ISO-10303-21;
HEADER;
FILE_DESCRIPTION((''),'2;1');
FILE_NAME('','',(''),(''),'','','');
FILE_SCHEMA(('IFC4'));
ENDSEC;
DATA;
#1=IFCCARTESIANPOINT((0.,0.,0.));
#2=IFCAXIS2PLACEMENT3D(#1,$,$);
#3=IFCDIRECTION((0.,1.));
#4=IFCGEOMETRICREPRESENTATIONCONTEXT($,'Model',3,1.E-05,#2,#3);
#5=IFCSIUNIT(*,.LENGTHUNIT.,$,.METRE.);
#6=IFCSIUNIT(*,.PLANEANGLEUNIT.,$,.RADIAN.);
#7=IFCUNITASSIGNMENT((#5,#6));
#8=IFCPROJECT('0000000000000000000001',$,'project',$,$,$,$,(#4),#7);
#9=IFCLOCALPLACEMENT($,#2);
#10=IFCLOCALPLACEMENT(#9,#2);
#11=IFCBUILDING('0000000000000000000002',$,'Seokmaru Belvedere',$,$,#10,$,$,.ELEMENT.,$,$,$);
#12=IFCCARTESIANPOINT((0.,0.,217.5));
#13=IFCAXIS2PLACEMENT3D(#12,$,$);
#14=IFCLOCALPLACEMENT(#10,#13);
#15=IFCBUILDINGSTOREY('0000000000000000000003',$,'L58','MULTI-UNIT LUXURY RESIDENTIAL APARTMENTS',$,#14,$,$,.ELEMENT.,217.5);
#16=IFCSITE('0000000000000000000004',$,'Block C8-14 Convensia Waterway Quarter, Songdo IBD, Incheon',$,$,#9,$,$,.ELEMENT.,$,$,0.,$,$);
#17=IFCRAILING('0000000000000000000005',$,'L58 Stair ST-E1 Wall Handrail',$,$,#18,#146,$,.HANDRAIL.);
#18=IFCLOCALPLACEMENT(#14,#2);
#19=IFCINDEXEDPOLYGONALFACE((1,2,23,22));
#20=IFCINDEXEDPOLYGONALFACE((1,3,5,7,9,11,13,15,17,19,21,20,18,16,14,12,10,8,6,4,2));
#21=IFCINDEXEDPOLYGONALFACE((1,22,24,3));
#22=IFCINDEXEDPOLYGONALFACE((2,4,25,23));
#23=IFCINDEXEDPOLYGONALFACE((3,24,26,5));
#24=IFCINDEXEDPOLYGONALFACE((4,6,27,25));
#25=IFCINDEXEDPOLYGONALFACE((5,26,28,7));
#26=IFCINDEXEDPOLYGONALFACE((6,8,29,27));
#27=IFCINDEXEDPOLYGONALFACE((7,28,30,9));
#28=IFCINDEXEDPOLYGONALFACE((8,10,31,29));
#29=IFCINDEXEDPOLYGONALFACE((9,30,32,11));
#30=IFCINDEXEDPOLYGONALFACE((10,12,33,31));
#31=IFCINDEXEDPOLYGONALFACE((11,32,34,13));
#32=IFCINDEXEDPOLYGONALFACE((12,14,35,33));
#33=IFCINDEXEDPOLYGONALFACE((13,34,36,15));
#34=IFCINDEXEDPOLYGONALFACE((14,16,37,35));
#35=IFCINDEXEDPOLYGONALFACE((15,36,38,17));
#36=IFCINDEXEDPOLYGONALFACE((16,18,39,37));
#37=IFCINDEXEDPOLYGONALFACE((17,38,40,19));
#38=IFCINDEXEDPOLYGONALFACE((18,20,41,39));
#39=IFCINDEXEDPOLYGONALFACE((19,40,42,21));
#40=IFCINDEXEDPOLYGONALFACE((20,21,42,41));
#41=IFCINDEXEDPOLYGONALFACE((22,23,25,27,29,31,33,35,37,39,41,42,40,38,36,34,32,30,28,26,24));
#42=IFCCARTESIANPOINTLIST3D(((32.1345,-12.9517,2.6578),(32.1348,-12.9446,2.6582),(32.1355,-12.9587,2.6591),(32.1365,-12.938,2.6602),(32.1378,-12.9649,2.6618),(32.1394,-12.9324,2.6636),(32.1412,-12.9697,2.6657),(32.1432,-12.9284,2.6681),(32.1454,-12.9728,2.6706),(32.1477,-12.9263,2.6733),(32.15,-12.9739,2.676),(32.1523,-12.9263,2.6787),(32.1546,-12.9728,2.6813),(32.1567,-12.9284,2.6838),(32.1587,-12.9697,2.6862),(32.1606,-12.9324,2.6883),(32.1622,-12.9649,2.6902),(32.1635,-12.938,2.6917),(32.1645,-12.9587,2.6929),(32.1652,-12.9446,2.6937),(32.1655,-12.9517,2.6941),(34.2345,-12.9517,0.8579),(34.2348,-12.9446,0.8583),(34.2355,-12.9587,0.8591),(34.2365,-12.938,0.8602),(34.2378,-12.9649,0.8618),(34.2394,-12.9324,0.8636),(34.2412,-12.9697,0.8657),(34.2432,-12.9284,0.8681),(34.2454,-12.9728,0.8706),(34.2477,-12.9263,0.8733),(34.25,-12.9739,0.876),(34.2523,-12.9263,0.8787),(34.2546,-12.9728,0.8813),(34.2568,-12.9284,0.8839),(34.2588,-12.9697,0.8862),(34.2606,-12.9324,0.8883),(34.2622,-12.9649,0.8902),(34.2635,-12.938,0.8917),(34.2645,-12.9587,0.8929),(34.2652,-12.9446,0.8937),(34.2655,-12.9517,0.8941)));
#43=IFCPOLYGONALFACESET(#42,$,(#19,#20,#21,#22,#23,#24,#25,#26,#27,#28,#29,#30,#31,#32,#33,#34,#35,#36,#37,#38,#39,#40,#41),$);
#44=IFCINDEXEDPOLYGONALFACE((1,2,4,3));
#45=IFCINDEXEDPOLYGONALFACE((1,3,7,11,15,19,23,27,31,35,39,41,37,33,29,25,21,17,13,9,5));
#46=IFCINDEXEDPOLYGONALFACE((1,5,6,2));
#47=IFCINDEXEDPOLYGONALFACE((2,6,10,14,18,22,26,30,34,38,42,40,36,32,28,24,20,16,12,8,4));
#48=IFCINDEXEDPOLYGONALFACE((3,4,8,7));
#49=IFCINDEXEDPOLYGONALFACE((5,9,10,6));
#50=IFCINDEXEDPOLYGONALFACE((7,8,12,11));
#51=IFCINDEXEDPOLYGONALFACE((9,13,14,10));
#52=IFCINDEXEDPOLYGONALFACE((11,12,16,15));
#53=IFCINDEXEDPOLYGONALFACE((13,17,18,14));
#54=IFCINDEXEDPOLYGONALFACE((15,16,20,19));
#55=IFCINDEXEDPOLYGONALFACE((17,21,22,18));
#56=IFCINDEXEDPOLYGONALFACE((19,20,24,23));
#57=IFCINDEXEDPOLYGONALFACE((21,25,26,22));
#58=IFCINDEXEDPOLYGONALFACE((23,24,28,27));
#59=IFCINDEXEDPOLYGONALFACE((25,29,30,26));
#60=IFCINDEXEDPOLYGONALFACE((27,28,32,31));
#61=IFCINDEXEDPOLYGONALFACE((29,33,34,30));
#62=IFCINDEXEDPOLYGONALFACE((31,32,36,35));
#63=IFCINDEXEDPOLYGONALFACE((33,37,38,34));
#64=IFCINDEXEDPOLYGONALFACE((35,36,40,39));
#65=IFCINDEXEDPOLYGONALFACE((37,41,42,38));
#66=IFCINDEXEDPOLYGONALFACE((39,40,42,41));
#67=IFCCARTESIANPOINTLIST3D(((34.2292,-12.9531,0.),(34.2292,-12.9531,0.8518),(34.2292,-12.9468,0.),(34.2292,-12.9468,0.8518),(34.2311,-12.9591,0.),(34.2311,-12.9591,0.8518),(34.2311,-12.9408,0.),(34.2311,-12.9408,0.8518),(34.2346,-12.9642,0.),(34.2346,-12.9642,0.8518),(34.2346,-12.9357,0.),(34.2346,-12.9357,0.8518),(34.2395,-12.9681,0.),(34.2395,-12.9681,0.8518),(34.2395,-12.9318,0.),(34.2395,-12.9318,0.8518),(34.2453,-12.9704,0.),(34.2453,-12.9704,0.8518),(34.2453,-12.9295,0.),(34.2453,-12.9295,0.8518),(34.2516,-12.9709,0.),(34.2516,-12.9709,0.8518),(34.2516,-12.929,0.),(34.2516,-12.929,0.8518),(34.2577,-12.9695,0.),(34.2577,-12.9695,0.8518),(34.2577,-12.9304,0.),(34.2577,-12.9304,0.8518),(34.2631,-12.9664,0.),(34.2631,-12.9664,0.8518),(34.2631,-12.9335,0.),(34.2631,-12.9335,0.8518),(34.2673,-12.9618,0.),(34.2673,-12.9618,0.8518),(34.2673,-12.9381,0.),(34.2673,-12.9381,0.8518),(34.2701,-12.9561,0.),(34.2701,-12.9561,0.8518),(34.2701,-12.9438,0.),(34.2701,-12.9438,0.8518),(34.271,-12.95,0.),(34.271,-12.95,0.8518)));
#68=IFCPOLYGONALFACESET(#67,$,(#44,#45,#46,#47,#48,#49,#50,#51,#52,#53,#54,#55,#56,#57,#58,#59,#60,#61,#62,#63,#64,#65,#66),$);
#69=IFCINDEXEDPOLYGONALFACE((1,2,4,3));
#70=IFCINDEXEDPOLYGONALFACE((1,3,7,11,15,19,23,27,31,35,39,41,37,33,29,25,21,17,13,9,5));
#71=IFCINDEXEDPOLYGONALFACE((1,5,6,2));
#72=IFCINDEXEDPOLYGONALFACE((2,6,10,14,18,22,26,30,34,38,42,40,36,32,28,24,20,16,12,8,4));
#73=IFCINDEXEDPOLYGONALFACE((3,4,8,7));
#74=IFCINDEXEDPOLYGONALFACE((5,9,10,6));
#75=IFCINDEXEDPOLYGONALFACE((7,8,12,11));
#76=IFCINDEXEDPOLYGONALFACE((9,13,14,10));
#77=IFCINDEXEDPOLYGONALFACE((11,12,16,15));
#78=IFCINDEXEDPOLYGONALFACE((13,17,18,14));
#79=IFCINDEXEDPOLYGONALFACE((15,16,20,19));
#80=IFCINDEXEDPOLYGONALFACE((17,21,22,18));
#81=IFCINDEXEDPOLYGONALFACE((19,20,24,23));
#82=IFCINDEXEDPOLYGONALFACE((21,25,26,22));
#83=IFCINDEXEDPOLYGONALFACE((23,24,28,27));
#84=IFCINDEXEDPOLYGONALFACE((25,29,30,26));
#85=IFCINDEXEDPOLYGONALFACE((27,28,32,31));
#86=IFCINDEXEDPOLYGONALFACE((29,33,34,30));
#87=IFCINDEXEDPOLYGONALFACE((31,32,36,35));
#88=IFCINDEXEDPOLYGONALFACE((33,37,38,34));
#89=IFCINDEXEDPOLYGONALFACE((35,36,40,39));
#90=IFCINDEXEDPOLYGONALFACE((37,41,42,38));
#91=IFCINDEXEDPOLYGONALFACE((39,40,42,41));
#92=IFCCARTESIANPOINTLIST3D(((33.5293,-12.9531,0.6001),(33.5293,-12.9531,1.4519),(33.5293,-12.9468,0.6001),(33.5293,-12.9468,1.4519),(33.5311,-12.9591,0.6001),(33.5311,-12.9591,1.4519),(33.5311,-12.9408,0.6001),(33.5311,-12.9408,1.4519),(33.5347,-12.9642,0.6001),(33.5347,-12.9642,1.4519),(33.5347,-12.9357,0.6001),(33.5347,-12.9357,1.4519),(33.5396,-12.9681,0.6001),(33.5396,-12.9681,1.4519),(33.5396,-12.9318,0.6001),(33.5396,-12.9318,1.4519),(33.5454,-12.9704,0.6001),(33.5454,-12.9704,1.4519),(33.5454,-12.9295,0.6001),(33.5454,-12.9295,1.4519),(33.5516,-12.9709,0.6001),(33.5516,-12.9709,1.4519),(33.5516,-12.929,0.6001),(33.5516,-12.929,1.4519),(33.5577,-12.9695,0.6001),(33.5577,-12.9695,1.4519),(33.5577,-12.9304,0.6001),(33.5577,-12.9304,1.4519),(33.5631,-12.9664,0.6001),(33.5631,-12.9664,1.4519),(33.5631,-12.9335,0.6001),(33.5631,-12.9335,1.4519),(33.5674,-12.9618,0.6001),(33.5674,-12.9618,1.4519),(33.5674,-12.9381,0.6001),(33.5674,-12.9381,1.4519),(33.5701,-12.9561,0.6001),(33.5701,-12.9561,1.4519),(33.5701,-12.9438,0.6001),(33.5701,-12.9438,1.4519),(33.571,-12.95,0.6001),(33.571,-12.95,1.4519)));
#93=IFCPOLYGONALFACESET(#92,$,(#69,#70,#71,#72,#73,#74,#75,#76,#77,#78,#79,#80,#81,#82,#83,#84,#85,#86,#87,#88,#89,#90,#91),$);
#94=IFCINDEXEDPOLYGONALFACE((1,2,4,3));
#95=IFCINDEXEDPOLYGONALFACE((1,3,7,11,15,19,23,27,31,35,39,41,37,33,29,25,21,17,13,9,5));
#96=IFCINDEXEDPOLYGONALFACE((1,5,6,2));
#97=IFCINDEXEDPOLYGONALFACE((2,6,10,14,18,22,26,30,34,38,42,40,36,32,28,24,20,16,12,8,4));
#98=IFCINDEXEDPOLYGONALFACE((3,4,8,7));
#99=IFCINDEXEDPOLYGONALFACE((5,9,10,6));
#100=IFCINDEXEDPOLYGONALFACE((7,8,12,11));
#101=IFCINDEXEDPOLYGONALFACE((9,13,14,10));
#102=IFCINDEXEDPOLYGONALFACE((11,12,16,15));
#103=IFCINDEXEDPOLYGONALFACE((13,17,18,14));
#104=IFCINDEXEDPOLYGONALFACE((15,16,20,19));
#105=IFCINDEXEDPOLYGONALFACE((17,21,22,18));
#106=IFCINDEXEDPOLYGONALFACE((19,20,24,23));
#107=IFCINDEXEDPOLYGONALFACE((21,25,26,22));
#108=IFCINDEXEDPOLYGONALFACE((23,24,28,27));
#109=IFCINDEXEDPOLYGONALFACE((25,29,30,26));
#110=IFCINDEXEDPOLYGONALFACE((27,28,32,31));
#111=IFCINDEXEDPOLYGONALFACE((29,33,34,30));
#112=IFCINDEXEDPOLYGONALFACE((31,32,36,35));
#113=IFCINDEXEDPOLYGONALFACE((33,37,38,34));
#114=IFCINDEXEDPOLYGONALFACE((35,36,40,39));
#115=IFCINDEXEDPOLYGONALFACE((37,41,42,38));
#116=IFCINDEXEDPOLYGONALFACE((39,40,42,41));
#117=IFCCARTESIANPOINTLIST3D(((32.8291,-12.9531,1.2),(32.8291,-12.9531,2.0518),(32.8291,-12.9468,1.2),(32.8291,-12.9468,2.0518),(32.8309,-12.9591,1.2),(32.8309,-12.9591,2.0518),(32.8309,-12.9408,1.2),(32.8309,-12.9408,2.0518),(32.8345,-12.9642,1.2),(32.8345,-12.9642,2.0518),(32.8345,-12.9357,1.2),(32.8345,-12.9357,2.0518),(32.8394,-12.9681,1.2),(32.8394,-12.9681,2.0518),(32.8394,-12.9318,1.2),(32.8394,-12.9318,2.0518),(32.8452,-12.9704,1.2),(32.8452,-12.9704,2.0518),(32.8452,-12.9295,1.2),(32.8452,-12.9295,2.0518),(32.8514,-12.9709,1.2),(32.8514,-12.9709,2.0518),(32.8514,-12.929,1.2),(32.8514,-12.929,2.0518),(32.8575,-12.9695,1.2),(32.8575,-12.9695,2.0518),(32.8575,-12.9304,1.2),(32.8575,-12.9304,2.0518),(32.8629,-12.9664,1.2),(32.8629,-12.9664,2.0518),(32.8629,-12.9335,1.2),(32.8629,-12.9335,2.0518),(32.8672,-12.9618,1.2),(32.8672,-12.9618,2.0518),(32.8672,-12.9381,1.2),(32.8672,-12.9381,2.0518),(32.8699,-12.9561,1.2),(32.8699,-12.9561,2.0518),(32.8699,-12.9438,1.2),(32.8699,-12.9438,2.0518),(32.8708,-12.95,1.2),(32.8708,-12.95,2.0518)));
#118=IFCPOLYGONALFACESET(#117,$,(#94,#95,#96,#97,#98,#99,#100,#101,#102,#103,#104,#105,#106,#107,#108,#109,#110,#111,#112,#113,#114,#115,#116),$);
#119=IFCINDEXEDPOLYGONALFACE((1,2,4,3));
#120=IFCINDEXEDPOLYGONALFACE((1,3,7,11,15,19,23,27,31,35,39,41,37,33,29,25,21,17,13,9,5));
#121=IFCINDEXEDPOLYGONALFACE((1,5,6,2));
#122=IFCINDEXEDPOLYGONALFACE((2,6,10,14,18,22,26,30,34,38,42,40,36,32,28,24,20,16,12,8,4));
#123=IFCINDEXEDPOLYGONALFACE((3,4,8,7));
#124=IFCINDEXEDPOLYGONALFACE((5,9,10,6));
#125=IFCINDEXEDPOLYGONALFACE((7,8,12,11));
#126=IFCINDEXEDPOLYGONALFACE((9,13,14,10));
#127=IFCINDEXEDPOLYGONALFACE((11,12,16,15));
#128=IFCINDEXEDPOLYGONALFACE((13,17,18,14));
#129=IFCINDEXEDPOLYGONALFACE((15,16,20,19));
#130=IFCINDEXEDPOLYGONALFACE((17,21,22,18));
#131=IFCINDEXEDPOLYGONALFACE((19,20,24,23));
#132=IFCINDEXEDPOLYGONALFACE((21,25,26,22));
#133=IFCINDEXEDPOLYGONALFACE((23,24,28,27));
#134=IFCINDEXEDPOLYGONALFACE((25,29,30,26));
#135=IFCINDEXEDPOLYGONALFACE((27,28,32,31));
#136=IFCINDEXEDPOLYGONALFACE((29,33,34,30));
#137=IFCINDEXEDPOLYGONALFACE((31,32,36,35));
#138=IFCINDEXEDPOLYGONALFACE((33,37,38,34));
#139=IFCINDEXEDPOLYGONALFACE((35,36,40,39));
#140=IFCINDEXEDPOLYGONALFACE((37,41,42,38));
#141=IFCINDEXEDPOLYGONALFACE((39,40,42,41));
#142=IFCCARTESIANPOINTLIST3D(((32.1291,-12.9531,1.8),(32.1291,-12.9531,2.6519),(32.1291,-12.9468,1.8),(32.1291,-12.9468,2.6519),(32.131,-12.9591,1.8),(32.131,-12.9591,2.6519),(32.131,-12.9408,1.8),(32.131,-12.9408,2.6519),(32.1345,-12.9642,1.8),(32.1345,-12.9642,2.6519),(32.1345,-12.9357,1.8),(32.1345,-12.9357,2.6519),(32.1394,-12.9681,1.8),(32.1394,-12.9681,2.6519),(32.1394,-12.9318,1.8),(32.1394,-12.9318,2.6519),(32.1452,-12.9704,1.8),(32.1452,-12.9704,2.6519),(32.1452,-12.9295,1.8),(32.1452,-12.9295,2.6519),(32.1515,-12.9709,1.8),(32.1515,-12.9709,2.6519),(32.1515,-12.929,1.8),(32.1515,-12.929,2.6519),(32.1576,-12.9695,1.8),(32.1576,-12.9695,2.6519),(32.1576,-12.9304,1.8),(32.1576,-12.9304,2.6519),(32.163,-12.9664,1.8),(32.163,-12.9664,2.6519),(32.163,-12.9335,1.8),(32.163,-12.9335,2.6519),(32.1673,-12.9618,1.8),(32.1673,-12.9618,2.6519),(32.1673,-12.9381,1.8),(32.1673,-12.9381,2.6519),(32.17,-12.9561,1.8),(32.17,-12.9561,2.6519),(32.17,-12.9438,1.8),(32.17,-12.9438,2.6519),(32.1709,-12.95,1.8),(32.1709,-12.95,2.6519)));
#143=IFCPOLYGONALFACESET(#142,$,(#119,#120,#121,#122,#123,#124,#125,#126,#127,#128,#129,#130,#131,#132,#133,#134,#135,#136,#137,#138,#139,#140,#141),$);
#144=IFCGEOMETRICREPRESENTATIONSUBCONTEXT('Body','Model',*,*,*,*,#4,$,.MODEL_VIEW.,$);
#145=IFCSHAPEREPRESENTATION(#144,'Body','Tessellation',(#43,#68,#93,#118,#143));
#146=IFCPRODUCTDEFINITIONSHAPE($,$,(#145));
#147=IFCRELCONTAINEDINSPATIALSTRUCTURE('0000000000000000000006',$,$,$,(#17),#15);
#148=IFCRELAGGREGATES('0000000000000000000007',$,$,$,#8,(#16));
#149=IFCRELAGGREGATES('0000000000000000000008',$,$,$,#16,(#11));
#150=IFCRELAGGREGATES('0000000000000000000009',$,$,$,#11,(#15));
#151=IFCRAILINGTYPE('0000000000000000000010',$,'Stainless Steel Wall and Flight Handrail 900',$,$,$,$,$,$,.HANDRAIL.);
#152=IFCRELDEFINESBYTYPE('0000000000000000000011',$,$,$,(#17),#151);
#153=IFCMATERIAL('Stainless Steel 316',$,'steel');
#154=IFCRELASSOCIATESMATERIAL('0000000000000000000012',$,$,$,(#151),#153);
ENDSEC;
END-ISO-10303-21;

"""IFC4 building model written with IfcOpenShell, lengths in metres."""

from ifc_helpers import new_model, si_unit, direction, frame, origin, origin_2d, place, context, subcontext, project, spatial, circle, extrude, material, type_object, element, save


model = new_model("IFC4")

# Units and contexts
model_context = context("Model", 3, precision=1e-05, world=origin(), true_north=direction((0.0, 1.0)))
body_context = subcontext(model_context, "Body", "Model", "MODEL_VIEW")
ifc_project = project(units=[si_unit("LENGTHUNIT", "METRE"), si_unit("PLANEANGLEUNIT", "RADIAN")], contexts=[model_context])

# Site, building, storey
site_placement = place(None, origin())
site = spatial("IfcSite", under=ifc_project, at=site_placement, Name="Block C8-14 Convensia Waterway Quarter, Songdo IBD, Incheon", CompositionType="ELEMENT", RefElevation=0.0)
building_placement = place(site_placement, origin())
building = spatial("IfcBuilding", under=site, at=building_placement, Name="Seokmaru Belvedere", CompositionType="ELEMENT")
storey_placement = place(building_placement, frame((0.0, 0.0, 217.5)))
storey = spatial("IfcBuildingStorey", under=building, at=storey_placement, Name="L58", Description="MULTI-UNIT LUXURY RESIDENTIAL APARTMENTS", CompositionType="ELEMENT", Elevation=217.5)

# Shared definitions
ifc_material_1 = material(Name="Stainless Steel 316", Category="steel")

# Railing
railing_type_1 = type_object("IfcRailingType", Name="Stainless Steel Wall and Flight Handrail 900", PredefinedType="HANDRAIL", material=ifc_material_1)
railing_1_placement = place(storey_placement, frame((34.25, -12.95, 0.0)))
element("IfcRailing", 1, at=railing_1_placement, inside=storey, type_object=railing_type_1, Name="L58 Stair ST-E1 Wall Handrail", PredefinedType="HANDRAIL", context=body_context, shape_type="SweptSolid", body=[
    extrude(circle(Radius=0.0239, at=origin_2d()), frame((0.0, 0.0, 0.876), z_axis=(-0.759263, 0.0, 0.650784), x_axis=(0.0, -1.0, 0.0)), (0.0, 0.0, 1.0), 2.7659),
    extrude(circle(Radius=0.021, at=origin_2d()), origin(), (0.0, 0.0, 1.0), 0.8518),
    extrude(circle(Radius=0.021, at=origin_2d()), frame((-0.7, 0.0, 0.6001)), (0.0, 0.0, 1.0), 0.8518),
    extrude(circle(Radius=0.021, at=origin_2d()), frame((-1.4001, 0.0, 1.2)), (0.0, 0.0, 1.0), 0.8518),
    extrude(circle(Radius=0.021, at=origin_2d()), frame((-2.1001, 0.0, 1.8)), (0.0, 0.0, 1.0), 0.8518),
])

save(model, "model.ifc")
